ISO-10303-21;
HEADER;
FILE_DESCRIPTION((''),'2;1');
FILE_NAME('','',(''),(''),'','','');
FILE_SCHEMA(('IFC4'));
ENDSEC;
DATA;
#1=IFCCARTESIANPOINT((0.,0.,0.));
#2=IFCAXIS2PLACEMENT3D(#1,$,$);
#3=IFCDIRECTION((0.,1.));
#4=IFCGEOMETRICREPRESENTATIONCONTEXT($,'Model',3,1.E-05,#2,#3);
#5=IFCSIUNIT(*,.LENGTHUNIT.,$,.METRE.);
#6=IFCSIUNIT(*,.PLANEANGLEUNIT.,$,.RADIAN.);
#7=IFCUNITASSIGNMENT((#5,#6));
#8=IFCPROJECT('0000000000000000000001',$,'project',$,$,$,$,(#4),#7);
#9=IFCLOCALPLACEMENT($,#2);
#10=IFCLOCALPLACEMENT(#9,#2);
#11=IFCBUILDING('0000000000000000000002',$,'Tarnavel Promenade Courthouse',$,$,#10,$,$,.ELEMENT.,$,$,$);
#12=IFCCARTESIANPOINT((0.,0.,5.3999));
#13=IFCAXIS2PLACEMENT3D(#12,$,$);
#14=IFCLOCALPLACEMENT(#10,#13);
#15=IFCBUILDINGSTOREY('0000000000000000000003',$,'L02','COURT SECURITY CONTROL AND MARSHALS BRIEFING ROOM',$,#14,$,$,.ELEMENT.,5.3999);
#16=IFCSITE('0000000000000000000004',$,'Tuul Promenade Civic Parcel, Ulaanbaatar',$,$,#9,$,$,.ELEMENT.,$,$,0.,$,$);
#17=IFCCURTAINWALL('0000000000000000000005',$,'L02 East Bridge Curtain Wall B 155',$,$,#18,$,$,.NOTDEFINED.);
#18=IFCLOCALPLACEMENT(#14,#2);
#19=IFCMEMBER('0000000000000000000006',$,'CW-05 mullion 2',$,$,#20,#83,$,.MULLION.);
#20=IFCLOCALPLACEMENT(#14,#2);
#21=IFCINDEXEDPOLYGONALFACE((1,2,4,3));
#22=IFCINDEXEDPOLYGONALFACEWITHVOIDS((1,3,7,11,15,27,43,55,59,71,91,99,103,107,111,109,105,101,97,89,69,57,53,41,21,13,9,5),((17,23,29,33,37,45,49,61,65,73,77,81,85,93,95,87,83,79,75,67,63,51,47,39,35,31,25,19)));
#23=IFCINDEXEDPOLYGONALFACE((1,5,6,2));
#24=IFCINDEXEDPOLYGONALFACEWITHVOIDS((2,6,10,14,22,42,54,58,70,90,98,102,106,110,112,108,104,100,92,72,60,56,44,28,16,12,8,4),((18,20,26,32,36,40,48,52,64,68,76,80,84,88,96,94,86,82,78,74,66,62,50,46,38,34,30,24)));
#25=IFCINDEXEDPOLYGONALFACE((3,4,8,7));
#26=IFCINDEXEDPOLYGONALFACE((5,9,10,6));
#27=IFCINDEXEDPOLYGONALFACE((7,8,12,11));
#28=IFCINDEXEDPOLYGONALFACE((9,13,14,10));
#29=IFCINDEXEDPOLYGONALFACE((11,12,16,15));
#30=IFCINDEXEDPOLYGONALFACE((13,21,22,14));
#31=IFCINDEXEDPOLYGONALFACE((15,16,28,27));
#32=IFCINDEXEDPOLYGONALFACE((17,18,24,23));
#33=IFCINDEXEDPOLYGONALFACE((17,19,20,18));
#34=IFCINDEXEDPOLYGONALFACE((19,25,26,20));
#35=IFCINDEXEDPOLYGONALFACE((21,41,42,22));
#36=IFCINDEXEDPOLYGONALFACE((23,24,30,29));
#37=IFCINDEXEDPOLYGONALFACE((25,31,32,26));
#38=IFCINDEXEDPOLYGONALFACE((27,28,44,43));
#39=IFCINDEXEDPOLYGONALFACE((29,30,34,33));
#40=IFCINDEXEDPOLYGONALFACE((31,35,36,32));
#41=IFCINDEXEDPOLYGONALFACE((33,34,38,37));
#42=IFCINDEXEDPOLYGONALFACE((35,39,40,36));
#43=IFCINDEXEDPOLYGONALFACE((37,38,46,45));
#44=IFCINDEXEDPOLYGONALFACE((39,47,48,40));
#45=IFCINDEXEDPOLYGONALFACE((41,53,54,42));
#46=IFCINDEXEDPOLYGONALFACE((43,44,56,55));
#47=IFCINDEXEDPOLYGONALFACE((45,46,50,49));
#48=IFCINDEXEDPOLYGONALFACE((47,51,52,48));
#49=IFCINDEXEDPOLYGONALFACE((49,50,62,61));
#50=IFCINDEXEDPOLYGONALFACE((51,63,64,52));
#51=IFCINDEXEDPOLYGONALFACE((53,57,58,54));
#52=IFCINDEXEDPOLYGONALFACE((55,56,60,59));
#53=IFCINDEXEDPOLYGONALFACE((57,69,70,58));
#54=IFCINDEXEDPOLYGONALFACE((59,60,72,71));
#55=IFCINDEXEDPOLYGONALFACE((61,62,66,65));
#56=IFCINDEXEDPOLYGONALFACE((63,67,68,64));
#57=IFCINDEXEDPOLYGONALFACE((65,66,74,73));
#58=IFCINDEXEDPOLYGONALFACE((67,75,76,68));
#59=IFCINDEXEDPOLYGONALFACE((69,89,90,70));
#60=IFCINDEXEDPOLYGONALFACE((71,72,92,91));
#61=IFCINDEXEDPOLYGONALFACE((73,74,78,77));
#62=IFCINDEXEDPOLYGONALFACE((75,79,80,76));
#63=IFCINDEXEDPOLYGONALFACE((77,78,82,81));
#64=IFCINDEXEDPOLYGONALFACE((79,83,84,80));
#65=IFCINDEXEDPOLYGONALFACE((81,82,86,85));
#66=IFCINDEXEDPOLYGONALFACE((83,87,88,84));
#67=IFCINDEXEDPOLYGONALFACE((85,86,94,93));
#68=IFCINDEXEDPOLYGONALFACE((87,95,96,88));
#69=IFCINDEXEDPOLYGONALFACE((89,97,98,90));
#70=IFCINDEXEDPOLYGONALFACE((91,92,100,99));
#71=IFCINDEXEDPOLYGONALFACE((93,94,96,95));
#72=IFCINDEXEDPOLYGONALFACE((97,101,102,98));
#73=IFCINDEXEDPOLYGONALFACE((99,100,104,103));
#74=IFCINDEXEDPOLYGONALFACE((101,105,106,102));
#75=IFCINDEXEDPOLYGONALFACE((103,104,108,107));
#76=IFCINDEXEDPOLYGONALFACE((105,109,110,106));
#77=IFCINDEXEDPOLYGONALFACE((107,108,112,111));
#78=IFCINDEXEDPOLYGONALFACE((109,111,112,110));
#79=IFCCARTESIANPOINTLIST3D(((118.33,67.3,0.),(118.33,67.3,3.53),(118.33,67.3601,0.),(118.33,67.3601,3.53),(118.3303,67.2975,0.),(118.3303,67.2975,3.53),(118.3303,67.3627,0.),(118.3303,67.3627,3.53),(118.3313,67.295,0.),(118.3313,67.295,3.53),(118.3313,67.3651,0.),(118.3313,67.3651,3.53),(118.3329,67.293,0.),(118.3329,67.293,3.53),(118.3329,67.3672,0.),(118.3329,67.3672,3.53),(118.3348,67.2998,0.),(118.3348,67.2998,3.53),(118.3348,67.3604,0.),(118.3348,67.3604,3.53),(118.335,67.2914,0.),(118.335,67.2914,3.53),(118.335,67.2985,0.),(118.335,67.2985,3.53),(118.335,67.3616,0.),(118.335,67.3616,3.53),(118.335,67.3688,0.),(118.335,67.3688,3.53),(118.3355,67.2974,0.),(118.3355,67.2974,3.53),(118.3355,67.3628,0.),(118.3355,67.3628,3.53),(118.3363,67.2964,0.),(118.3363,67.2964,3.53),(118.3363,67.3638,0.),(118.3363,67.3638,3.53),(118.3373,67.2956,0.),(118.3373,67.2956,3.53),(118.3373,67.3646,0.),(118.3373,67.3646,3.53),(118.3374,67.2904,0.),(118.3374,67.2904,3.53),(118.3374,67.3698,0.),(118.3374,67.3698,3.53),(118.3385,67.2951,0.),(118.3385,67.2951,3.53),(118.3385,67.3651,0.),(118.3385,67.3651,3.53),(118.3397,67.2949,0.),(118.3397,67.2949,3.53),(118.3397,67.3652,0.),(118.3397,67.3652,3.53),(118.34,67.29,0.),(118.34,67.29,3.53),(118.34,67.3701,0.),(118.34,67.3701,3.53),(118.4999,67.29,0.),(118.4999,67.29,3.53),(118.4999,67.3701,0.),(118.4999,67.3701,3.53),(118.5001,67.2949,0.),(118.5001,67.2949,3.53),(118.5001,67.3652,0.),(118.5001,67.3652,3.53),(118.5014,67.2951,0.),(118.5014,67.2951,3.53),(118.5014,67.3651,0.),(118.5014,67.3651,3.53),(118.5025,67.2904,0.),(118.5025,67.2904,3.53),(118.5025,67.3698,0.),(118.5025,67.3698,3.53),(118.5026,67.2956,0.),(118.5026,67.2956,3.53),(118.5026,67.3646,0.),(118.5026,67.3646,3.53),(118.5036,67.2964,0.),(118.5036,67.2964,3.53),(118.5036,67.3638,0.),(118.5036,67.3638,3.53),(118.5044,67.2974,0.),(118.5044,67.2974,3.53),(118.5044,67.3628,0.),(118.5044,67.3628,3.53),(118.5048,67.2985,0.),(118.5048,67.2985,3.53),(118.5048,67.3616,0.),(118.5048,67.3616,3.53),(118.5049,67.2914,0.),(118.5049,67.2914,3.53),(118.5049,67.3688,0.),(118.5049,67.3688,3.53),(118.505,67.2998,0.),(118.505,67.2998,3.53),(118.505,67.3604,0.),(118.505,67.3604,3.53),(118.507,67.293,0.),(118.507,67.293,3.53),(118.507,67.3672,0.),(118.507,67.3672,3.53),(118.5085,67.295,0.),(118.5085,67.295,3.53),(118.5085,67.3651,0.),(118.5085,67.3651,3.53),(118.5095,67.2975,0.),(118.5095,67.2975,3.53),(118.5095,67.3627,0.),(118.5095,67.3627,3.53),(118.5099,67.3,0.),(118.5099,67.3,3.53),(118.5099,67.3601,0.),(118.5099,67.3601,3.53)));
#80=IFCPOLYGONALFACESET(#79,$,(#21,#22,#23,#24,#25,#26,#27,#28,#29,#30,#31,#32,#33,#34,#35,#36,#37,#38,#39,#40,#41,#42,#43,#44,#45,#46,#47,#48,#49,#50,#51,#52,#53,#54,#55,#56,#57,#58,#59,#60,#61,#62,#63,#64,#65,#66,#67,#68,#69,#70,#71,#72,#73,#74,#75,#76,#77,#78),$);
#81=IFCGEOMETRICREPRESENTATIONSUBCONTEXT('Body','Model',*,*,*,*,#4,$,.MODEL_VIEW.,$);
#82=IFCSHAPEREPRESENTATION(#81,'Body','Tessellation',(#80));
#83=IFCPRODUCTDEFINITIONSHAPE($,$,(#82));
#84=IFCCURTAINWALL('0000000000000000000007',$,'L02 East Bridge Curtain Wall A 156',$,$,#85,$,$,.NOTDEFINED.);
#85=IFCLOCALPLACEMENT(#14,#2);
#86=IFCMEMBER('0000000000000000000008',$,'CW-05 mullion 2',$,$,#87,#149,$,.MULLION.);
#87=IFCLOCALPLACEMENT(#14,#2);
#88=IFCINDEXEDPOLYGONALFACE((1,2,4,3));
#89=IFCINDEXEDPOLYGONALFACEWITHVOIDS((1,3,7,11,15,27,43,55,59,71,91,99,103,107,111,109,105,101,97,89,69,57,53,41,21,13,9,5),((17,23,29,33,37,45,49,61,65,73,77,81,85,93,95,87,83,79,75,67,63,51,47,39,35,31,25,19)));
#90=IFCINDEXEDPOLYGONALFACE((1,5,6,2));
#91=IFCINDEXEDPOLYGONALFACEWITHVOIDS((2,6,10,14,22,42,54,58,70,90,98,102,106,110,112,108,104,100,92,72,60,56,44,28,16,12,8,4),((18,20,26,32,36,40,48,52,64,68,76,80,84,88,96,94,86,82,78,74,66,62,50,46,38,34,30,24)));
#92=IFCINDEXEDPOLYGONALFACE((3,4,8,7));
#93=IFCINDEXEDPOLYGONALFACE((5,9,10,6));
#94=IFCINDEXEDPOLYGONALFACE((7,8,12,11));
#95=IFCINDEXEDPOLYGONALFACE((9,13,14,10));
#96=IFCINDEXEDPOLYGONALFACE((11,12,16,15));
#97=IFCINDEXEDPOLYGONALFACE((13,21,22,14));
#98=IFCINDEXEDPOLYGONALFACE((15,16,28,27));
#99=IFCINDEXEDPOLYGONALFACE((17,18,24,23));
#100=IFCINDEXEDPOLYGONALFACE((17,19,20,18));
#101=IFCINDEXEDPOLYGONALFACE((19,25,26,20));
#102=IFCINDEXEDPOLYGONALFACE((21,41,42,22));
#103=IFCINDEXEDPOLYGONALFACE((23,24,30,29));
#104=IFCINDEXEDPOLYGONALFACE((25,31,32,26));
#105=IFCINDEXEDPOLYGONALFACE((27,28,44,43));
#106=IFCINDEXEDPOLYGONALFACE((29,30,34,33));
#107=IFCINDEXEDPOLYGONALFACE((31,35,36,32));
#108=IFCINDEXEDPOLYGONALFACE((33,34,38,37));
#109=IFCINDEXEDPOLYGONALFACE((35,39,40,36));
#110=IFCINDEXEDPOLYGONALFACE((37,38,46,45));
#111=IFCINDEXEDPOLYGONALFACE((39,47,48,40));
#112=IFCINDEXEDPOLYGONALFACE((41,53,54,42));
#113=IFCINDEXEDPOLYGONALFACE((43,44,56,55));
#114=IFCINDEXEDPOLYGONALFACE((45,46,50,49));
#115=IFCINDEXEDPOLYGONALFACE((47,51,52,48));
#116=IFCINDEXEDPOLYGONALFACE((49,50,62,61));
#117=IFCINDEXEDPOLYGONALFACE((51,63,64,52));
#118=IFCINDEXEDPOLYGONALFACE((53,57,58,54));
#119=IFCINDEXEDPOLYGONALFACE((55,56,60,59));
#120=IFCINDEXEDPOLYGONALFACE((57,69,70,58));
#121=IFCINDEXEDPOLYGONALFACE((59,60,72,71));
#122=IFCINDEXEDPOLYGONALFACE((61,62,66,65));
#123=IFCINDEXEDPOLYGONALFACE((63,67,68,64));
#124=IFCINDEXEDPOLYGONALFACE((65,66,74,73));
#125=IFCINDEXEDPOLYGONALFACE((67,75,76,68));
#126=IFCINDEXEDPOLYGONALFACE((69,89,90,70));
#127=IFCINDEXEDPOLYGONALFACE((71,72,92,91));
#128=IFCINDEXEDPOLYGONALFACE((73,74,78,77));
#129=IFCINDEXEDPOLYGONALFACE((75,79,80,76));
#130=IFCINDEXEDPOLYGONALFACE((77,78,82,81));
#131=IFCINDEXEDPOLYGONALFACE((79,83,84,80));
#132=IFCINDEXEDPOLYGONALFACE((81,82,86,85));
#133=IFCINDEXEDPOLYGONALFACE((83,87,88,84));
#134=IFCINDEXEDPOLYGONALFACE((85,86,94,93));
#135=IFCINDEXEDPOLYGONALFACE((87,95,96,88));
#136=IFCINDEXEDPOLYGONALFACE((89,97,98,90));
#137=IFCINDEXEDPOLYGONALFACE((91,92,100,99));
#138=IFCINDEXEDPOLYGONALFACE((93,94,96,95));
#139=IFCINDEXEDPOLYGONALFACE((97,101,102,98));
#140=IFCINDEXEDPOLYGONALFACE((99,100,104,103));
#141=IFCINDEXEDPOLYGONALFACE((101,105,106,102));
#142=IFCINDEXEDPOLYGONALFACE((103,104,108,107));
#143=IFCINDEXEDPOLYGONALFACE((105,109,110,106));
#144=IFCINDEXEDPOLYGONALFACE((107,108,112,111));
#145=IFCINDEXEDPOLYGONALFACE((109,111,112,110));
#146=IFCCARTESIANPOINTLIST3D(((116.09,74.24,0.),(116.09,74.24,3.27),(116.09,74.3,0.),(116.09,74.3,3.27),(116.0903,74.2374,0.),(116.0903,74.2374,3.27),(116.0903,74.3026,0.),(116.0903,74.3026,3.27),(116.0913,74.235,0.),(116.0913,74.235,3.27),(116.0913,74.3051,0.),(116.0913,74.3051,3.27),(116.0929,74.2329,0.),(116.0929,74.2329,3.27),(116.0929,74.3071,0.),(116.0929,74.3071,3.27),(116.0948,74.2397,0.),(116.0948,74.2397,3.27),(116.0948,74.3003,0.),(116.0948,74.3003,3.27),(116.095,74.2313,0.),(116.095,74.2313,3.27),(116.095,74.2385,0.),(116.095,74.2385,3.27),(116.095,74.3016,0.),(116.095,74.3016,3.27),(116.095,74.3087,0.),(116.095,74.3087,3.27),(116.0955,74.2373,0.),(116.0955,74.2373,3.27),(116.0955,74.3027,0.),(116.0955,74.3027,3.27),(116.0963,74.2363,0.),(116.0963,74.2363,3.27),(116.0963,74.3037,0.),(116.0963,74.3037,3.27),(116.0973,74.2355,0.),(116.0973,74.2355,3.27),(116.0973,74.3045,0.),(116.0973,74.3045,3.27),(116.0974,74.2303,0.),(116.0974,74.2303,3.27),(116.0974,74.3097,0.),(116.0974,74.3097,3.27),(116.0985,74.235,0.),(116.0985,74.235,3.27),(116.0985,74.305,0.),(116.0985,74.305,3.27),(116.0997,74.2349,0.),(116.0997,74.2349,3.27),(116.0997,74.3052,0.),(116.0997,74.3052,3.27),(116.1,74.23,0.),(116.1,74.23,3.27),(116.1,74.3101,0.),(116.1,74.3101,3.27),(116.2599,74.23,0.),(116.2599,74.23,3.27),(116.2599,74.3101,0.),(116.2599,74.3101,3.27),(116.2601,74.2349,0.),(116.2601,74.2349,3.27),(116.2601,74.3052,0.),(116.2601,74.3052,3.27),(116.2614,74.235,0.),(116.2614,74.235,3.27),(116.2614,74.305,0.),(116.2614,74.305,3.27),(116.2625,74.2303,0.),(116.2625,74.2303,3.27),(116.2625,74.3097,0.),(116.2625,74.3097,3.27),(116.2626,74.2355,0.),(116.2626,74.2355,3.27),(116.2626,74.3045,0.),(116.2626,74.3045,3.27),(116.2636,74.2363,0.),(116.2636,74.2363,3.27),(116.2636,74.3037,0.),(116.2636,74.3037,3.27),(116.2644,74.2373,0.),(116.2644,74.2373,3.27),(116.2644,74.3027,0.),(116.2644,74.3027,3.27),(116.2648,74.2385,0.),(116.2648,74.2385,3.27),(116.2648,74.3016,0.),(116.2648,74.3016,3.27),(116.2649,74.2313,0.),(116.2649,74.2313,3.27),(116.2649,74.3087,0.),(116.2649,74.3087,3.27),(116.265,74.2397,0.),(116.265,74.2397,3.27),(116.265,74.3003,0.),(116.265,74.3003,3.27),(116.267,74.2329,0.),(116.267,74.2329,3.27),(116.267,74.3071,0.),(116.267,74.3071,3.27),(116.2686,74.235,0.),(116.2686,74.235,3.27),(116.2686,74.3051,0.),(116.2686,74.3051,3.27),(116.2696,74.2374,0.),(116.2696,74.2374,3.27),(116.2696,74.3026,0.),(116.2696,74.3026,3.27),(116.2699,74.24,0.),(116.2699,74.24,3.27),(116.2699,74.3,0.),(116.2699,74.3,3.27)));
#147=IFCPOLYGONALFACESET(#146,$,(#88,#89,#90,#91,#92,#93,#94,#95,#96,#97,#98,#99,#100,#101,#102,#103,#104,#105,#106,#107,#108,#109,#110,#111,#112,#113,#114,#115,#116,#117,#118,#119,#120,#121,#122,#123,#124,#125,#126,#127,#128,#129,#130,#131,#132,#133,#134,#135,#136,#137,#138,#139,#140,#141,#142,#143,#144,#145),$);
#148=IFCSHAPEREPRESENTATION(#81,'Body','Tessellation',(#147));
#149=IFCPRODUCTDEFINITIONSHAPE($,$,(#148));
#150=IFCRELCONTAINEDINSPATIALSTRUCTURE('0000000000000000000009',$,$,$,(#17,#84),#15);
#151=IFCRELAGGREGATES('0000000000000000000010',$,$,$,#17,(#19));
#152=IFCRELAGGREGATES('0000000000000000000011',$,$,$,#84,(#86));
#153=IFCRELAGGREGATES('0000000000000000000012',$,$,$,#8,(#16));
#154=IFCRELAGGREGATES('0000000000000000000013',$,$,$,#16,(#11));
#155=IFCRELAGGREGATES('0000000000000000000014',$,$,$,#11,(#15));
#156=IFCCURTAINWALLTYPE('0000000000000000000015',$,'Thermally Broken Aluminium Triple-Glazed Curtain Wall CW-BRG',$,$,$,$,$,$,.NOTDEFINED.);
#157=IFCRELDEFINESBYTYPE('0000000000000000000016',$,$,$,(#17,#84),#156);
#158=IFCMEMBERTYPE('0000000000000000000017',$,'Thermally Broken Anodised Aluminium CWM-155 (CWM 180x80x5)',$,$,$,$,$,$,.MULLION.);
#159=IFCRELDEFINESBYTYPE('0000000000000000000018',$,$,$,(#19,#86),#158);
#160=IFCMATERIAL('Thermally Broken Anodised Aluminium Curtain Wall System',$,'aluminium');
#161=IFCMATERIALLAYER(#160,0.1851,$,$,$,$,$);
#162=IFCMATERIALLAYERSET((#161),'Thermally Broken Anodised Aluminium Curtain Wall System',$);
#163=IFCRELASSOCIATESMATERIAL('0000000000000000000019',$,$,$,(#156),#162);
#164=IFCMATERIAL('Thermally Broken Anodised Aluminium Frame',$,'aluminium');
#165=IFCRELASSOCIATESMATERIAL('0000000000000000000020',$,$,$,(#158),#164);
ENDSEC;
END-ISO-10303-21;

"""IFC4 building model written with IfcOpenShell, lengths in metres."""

from ifc_helpers import new_model, si_unit, direction, frame, origin, origin_2d, place, context, subcontext, project, spatial, hollow_rectangle, extrude, material, layer, layer_set, material_profile, profile_set, type_object, element, aggregate, save


model = new_model("IFC4")

# Units and contexts
model_context = context("Model", 3, precision=1e-05, world=origin(), true_north=direction((0.0, 1.0)))
body_context = subcontext(model_context, "Body", "Model", "MODEL_VIEW")
ifc_project = project(units=[si_unit("LENGTHUNIT", "METRE"), si_unit("PLANEANGLEUNIT", "RADIAN")], contexts=[model_context])

# Site, building, storey
site_placement = place(None, origin())
site = spatial("IfcSite", under=ifc_project, at=site_placement, Name="Tuul Promenade Civic Parcel, Ulaanbaatar", CompositionType="ELEMENT", RefElevation=0.0)
building_placement = place(site_placement, origin())
building = spatial("IfcBuilding", under=site, at=building_placement, Name="Tarnavel Promenade Courthouse", CompositionType="ELEMENT")
storey_placement = place(building_placement, frame((0.0, 0.0, 5.3999)))
storey = spatial("IfcBuildingStorey", under=building, at=storey_placement, Name="L02", Description="COURT SECURITY CONTROL AND MARSHALS BRIEFING ROOM", CompositionType="ELEMENT", Elevation=5.3999)

# Curtain wall, member
ifc_material_1 = material(Name="Thermally Broken Anodised Aluminium Curtain Wall System", Category="aluminium")
ifc_layer_1 = layer(ifc_material_1, 0.1851)
ifc_layer_set_1 = layer_set([ifc_layer_1], Name="Thermally Broken Anodised Aluminium Curtain Wall System")
curtain_wall_type = type_object("IfcCurtainWallType", Name="Thermally Broken Aluminium Triple-Glazed Curtain Wall CW-BRG", PredefinedType="NOTDEFINED", material=ifc_layer_set_1)
ifc_material_2 = material(Name="Thermally Broken Anodised Aluminium Frame", Category="aluminium")
ifc_material_profile_1 = material_profile(ifc_material_2, hollow_rectangle(XDim=0.0801, YDim=0.1799, WallThickness=0.0049, InnerFilletRadius=0.0049, OuterFilletRadius=0.01, at=origin_2d()), Name="CWM 180x80x5")
ifc_profile_set_1 = profile_set([ifc_material_profile_1], Name="Thermally Broken Anodised Aluminium Frame")
member_type_1 = type_object("IfcMemberType", Name="Thermally Broken Anodised Aluminium CWM-155 (CWM 180x80x5)", PredefinedType="MULLION", material=ifc_profile_set_1)
curtain_wall_1_placement = place(storey_placement, origin())
curtain_wall_1 = element("IfcCurtainWall", 1, at=curtain_wall_1_placement, inside=storey, type_object=curtain_wall_type, Name="L02 East Bridge Curtain Wall B 155", PredefinedType="NOTDEFINED")
member_1_placement = place(storey_placement, frame((118.4199, 67.3301, 0.0), z_axis=(0.0, 0.0, 1.0), x_axis=(0.0, 1.0, 0.0)))
member_1 = element("IfcMember", 2, at=member_1_placement, type_object=member_type_1, Name="CW-05 mullion 2", PredefinedType="MULLION", context=body_context, shape_type="SweptSolid", body=[
    extrude(hollow_rectangle(XDim=0.0801, YDim=0.1799, WallThickness=0.0049, InnerFilletRadius=0.0049, OuterFilletRadius=0.01, at=origin_2d()), origin(), (0.0, 0.0, 1.0), 3.53),
])

# Curtain wall, member
curtain_wall_2_placement = place(storey_placement, origin())
curtain_wall_2 = element("IfcCurtainWall", 3, at=curtain_wall_2_placement, inside=storey, type_object=curtain_wall_type, Name="L02 East Bridge Curtain Wall A 156", PredefinedType="NOTDEFINED")
member_2_placement = place(storey_placement, frame((116.1799, 74.27, 0.0), z_axis=(0.0, 0.0, 1.0), x_axis=(0.0, 1.0, 0.0)))
member_2 = element("IfcMember", 4, at=member_2_placement, type_object=member_type_1, Name="CW-05 mullion 2", PredefinedType="MULLION", context=body_context, shape_type="SweptSolid", body=[
    extrude(hollow_rectangle(XDim=0.0801, YDim=0.1799, WallThickness=0.0049, InnerFilletRadius=0.0049, OuterFilletRadius=0.01, at=origin_2d()), origin(), (0.0, 0.0, 1.0), 3.27),
])

aggregate(curtain_wall_1, [member_1])
aggregate(curtain_wall_2, [member_2])

save(model, "model.ifc")
